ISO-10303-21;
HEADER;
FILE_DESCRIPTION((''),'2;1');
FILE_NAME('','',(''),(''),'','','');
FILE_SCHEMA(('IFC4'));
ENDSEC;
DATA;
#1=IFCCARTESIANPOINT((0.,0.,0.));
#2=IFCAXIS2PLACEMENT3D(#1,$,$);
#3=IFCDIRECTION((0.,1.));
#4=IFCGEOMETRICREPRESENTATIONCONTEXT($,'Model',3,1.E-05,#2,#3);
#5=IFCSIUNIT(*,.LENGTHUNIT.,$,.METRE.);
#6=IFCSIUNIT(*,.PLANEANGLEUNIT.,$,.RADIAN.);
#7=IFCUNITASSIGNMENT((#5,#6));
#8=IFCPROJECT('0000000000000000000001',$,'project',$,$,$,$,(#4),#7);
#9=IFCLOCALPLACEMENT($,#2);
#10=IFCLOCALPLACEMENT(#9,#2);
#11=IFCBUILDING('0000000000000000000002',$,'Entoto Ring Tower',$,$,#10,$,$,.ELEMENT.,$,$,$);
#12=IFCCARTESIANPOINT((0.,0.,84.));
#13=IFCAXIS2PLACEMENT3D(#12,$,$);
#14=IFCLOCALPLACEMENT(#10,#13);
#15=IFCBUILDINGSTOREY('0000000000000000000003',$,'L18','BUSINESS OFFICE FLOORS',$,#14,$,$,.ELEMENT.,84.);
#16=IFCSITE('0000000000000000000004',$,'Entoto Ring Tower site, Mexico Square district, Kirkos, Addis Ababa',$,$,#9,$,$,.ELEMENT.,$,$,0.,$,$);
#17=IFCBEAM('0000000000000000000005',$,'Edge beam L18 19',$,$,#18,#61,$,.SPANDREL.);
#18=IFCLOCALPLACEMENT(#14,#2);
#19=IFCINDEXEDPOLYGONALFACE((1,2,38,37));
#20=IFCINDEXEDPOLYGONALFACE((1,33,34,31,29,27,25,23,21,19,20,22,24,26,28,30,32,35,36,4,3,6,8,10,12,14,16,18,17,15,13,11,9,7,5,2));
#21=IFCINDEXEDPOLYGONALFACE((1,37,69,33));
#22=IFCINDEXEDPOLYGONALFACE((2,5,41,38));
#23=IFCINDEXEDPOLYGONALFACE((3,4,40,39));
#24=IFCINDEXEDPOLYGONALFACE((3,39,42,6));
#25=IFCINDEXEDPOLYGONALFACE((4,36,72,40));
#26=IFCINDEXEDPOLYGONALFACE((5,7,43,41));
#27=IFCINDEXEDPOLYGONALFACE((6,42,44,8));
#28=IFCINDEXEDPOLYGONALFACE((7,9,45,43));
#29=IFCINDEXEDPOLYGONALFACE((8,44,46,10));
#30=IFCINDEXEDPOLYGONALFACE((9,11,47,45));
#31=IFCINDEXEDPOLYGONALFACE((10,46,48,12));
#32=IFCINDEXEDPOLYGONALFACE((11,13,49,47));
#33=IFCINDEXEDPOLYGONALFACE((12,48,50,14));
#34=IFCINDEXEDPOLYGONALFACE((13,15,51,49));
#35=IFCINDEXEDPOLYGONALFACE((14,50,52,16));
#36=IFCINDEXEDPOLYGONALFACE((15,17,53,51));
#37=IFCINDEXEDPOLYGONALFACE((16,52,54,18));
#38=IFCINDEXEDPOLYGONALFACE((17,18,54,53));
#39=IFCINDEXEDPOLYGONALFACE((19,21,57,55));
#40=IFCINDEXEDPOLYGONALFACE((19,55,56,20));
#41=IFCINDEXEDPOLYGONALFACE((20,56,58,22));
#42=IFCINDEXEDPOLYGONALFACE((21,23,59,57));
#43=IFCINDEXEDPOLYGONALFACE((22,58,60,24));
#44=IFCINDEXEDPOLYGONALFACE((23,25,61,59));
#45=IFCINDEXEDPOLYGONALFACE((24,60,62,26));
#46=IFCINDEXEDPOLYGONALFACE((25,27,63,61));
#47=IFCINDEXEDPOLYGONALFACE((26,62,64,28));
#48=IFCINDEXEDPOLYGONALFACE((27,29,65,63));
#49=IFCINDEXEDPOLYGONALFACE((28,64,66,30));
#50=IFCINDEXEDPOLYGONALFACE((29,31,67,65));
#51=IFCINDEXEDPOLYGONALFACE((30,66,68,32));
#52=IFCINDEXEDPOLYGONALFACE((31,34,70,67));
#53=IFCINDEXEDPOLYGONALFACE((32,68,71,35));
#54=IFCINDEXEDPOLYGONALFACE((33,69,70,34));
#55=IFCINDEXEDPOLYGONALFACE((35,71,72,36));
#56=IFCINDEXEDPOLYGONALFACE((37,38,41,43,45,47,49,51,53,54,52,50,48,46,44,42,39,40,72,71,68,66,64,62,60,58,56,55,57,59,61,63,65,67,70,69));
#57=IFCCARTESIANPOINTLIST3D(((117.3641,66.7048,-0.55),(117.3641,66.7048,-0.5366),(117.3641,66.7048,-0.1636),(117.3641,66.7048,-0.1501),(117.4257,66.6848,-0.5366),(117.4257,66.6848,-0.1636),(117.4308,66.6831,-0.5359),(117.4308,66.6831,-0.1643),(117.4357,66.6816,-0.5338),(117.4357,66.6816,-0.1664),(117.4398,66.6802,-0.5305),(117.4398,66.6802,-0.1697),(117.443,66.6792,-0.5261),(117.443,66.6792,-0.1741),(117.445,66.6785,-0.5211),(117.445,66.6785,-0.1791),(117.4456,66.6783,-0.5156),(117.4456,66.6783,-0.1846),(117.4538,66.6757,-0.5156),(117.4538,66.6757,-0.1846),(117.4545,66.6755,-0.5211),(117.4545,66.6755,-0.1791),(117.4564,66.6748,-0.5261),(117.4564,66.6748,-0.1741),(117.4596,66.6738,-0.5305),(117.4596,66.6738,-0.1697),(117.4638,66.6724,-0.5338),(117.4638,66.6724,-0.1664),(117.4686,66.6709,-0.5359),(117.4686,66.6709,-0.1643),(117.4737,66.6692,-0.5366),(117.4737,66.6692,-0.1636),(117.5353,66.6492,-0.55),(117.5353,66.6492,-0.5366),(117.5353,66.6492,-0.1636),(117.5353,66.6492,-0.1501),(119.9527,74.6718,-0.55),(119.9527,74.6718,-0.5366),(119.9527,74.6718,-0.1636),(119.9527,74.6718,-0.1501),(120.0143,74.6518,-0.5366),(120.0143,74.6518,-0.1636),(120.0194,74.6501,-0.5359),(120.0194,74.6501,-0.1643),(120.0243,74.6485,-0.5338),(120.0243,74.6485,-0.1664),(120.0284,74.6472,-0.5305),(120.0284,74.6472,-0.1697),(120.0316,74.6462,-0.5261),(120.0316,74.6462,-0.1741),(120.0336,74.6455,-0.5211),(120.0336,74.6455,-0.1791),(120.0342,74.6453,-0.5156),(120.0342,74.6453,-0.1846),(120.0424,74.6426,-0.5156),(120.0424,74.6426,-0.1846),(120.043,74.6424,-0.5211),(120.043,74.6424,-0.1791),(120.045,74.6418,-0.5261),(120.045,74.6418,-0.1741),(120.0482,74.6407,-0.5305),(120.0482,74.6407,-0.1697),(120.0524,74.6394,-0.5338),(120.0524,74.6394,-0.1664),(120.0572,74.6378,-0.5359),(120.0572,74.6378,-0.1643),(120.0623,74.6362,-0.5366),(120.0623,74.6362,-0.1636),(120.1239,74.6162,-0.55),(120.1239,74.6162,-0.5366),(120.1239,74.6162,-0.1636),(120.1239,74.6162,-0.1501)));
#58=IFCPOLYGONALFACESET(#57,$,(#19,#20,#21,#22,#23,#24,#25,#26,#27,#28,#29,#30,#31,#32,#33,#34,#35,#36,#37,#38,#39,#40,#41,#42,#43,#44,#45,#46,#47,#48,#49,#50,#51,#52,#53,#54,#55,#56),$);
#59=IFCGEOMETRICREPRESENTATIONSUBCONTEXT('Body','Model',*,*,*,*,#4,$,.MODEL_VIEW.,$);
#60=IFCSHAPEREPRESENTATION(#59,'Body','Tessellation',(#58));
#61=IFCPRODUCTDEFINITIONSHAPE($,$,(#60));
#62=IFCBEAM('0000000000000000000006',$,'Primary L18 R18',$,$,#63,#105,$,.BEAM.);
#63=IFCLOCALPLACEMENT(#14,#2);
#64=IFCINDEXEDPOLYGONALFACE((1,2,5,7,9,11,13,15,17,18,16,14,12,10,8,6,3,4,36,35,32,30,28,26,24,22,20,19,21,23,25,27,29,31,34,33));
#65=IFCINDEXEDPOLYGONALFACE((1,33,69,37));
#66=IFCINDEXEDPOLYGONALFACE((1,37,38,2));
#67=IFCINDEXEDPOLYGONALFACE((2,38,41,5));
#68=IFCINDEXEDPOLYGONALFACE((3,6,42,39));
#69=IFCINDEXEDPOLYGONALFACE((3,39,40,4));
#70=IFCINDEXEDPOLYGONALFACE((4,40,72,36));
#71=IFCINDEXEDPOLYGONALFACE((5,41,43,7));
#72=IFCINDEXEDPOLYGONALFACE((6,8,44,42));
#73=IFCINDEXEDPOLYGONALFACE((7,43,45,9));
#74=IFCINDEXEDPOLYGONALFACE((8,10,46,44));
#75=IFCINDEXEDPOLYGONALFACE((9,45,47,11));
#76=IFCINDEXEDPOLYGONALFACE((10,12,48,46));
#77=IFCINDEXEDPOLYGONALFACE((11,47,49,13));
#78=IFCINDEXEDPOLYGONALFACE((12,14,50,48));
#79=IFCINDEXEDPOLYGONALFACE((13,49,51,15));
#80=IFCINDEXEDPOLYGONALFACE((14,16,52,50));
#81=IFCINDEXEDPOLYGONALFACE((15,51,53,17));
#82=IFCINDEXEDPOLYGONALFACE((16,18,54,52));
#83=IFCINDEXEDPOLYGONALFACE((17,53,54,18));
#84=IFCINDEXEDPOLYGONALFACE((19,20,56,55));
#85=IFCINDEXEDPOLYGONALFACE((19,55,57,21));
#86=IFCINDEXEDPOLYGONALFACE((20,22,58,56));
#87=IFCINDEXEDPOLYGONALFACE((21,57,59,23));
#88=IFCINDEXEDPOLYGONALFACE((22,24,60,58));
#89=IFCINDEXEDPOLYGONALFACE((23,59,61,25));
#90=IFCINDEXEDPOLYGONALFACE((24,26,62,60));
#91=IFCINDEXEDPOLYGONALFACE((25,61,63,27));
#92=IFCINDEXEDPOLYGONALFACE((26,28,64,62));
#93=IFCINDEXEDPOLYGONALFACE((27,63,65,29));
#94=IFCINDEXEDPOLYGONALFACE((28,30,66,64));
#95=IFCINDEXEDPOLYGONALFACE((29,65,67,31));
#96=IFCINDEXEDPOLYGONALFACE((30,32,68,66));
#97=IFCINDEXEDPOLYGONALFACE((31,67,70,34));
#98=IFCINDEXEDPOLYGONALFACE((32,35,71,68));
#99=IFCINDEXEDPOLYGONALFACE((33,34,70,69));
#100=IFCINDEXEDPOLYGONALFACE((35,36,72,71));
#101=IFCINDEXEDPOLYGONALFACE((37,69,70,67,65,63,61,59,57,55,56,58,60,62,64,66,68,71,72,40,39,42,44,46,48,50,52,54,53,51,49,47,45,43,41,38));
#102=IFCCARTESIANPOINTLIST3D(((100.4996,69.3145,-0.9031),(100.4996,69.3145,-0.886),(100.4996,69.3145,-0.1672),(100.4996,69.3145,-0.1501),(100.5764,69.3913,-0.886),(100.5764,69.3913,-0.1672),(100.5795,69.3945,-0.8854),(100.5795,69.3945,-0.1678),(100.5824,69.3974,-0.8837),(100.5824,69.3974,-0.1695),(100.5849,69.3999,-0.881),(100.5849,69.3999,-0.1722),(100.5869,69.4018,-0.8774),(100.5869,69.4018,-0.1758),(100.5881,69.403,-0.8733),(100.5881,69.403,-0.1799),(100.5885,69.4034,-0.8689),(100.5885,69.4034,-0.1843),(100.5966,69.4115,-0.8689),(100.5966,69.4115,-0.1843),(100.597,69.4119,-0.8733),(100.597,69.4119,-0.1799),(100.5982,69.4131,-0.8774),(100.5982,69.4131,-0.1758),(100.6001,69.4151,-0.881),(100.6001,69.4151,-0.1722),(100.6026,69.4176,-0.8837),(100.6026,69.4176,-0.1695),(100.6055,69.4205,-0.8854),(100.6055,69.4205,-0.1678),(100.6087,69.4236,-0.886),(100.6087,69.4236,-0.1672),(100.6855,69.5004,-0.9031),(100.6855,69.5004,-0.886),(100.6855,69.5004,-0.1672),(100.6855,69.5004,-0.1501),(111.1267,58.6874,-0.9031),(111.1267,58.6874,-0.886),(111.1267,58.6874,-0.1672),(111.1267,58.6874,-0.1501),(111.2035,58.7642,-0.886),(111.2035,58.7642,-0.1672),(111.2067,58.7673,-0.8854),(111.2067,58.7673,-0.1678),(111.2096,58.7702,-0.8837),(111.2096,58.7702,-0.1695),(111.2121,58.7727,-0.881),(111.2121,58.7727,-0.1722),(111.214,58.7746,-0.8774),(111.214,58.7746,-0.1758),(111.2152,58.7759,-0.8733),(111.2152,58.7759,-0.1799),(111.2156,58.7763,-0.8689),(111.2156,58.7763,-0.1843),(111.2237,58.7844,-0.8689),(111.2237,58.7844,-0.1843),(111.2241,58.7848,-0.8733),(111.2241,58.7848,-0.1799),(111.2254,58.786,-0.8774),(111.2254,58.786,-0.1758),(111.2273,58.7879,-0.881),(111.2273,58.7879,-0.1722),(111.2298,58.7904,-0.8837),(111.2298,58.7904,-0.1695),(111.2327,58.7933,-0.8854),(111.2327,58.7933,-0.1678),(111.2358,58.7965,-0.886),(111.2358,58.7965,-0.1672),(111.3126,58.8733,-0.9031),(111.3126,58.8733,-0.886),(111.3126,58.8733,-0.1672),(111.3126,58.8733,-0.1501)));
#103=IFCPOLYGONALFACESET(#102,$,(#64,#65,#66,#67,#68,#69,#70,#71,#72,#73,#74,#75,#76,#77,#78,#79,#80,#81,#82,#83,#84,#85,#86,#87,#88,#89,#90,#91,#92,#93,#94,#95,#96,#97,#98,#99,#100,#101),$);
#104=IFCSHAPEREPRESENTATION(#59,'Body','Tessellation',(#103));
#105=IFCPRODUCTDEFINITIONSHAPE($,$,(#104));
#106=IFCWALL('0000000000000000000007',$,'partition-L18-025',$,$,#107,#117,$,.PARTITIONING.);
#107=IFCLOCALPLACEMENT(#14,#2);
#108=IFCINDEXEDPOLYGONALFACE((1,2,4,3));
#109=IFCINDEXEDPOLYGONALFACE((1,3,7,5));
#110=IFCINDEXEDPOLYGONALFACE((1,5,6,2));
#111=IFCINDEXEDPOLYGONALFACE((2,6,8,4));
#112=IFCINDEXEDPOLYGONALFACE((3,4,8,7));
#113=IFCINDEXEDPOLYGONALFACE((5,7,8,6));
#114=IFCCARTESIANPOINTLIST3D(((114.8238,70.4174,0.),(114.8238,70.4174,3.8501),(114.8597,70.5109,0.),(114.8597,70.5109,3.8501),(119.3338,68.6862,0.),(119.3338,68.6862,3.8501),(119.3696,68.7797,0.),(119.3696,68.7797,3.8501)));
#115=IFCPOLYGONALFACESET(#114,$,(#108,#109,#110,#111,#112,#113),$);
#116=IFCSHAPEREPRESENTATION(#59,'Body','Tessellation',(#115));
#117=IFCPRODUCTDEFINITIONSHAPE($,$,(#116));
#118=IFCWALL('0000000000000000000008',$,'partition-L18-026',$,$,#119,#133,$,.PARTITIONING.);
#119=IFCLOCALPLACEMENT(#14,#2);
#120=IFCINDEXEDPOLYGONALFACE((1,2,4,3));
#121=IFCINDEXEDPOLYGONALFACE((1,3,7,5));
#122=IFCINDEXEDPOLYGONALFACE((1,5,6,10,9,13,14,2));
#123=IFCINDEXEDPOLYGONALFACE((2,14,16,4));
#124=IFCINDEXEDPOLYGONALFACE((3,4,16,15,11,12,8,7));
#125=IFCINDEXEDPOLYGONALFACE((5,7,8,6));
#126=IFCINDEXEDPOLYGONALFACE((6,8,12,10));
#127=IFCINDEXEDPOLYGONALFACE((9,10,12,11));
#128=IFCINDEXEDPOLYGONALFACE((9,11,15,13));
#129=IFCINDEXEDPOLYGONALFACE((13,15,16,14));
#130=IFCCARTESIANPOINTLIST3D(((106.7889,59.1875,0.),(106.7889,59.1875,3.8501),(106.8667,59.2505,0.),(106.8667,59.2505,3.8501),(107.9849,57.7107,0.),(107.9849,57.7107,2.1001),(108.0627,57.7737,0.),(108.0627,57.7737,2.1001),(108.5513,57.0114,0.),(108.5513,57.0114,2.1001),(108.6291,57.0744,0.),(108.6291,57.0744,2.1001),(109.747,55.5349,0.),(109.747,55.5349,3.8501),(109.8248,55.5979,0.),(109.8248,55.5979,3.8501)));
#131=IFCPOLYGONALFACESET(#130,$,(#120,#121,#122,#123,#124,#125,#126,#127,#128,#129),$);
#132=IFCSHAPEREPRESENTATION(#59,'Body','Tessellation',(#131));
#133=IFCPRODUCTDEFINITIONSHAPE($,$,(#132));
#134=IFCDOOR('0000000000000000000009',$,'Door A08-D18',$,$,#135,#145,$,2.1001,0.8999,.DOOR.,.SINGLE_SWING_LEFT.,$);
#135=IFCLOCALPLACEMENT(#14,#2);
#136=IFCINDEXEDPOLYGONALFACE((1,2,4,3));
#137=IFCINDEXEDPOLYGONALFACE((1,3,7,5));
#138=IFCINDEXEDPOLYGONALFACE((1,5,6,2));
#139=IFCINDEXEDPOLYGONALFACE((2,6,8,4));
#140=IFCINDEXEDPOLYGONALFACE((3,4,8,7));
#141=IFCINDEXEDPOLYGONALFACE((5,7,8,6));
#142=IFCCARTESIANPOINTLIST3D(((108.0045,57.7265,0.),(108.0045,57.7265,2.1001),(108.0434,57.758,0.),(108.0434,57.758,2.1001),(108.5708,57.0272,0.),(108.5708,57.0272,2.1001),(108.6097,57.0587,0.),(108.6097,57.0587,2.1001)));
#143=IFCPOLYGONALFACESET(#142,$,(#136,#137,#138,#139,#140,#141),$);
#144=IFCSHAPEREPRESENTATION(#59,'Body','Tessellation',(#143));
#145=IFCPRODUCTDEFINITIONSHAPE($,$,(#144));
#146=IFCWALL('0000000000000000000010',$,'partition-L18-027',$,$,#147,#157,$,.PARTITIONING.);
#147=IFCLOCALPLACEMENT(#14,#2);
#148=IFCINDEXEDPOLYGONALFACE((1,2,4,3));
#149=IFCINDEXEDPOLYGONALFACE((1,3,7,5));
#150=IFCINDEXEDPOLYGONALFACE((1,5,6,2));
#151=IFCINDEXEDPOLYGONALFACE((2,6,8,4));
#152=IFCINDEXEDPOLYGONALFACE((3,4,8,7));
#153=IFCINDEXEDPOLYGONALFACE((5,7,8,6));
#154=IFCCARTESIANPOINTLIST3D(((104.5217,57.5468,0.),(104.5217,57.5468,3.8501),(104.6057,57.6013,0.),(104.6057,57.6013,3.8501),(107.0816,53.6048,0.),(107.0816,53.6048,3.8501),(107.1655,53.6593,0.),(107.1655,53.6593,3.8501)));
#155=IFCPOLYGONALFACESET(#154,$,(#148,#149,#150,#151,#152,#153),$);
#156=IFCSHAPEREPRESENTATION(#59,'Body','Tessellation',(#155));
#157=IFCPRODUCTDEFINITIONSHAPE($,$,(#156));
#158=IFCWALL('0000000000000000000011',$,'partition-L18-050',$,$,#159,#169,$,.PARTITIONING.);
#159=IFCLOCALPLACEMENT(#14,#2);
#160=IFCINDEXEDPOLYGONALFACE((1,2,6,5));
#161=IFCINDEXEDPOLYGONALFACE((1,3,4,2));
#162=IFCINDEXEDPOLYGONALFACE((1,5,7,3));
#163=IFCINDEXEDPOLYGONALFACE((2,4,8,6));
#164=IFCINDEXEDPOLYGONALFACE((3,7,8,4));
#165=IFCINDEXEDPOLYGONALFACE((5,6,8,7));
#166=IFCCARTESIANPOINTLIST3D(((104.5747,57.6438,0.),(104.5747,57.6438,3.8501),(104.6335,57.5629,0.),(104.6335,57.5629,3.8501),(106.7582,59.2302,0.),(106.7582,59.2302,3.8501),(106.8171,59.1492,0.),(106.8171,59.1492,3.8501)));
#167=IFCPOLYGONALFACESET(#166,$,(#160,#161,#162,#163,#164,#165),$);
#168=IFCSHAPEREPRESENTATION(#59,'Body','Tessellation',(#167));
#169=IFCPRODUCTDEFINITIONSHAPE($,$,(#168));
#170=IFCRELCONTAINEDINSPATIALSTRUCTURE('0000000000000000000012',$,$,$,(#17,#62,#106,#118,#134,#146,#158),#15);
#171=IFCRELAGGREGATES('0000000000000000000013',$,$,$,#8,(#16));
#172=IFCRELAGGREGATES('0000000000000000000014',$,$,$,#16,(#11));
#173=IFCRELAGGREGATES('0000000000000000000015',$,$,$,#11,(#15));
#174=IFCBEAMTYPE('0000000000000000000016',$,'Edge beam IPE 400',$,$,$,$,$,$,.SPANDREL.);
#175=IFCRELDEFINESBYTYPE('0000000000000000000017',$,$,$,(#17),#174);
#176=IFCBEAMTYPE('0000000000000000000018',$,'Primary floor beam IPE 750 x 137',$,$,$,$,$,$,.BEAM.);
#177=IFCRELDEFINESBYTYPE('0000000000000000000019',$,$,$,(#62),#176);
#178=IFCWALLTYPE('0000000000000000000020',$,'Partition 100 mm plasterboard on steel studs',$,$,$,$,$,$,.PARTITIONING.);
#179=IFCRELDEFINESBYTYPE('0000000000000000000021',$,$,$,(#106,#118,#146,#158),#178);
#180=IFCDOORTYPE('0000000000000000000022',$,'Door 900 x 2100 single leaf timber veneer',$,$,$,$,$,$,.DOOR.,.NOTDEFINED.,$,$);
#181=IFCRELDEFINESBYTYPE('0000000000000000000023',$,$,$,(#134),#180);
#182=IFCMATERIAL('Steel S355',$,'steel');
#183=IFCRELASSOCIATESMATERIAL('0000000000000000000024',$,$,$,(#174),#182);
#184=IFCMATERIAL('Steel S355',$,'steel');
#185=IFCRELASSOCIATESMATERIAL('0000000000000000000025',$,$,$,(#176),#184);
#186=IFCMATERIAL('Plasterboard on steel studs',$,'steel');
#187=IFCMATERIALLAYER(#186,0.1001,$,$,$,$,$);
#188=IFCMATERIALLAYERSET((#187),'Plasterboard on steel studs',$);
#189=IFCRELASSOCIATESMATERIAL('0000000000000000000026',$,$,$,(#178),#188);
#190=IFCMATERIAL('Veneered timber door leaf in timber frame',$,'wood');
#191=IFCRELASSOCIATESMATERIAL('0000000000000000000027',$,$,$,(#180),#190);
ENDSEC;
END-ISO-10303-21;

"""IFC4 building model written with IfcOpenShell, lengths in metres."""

from ifc_helpers import new_model, si_unit, direction, frame, frame_2d, origin, origin_2d, place, context, subcontext, project, spatial, rectangle, i_section, extrude, material, layer, layer_set, material_profile, profile_set, type_object, element, fill, save


model = new_model("IFC4")

# Units and contexts
model_context = context("Model", 3, precision=1e-05, world=origin(), true_north=direction((0.0, 1.0)))
body_context = subcontext(model_context, "Body", "Model", "MODEL_VIEW")
ifc_project = project(units=[si_unit("LENGTHUNIT", "METRE"), si_unit("PLANEANGLEUNIT", "RADIAN")], contexts=[model_context])

# Site, building, storey
site_placement = place(None, origin())
site = spatial("IfcSite", under=ifc_project, at=site_placement, Name="Entoto Ring Tower site, Mexico Square district, Kirkos, Addis Ababa", CompositionType="ELEMENT", RefElevation=0.0)
building_placement = place(site_placement, origin())
building = spatial("IfcBuilding", under=site, at=building_placement, Name="Entoto Ring Tower", CompositionType="ELEMENT")
storey_placement = place(building_placement, frame((0.0, 0.0, 84.0)))
storey = spatial("IfcBuildingStorey", under=building, at=storey_placement, Name="L18", Description="BUSINESS OFFICE FLOORS", CompositionType="ELEMENT", Elevation=84.0)

# Beams
ifc_material_1 = material(Name="Steel S355", Category="steel")
ifc_material_profile_1 = material_profile(ifc_material_1, i_section(OverallWidth=0.1799, OverallDepth=0.3999, WebThickness=0.0085, FlangeThickness=0.0134, FilletRadius=0.021, at=origin_2d()), Name="IPE 400")
ifc_profile_set_1 = profile_set([ifc_material_profile_1], Name="Steel S355")
beam_type_1 = type_object("IfcBeamType", Name="Edge beam IPE 400", PredefinedType="SPANDREL", material=ifc_profile_set_1)
for number, where, z_axis, x_axis, name in (
    (1, (117.4497, 66.677, -0.3501), (0.309014, 0.951057, 0.0), (-0.951057, 0.309014, 0.0), "Edge beam L18 19"),
):
    element("IfcBeam", number, at=place(storey_placement, frame(where, z_axis=z_axis, x_axis=x_axis)), inside=storey, type_object=beam_type_1, Name=name, PredefinedType="SPANDREL", context=body_context, shape_type="SweptSolid", body=[
        extrude(i_section(OverallWidth=0.1799, OverallDepth=0.3999, WebThickness=0.0085, FlangeThickness=0.0134, FilletRadius=0.021, at=origin_2d()), origin(), (0.0, 0.0, 1.0), 8.377),
    ])
ifc_material_2 = material(Name="Steel S355", Category="steel")
ifc_material_profile_2 = material_profile(ifc_material_2, i_section(OverallWidth=0.2629, OverallDepth=0.7529, WebThickness=0.0115, FlangeThickness=0.0171, FilletRadius=0.0171, at=origin_2d()), Name="IPE 750 x 137")
ifc_profile_set_2 = profile_set([ifc_material_profile_2], Name="Steel S355")
beam_type_2 = type_object("IfcBeamType", Name="Primary floor beam IPE 750 x 137", PredefinedType="BEAM", material=ifc_profile_set_2)
beam_placement = place(storey_placement, frame((100.5925, 69.4075, -0.5266), z_axis=(0.707107, -0.707107, 0.0), x_axis=(0.707107, 0.707107, 0.0)))
element("IfcBeam", 2, at=beam_placement, inside=storey, type_object=beam_type_2, Name="Primary L18 R18", PredefinedType="BEAM", context=body_context, shape_type="SweptSolid", body=[
    extrude(i_section(OverallWidth=0.2629, OverallDepth=0.7529, WebThickness=0.0115, FlangeThickness=0.0171, FilletRadius=0.0171, at=origin_2d()), origin(), (0.0, 0.0, 1.0), 15.0291),
])

# Wall
ifc_material_3 = material(Name="Plasterboard on steel studs", Category="steel")
ifc_layer_1 = layer(ifc_material_3, 0.1001)
ifc_layer_set_1 = layer_set([ifc_layer_1], Name="Plasterboard on steel studs")
wall_type_1 = type_object("IfcWallType", Name="Partition 100 mm plasterboard on steel studs", PredefinedType="PARTITIONING", material=ifc_layer_set_1)
wall_1_placement = place(storey_placement, frame((119.3518, 68.7329, 0.0), z_axis=(0.0, 0.0, 1.0), x_axis=(-0.933582, 0.358363, 0.0)))
element("IfcWall", 3, at=wall_1_placement, inside=storey, type_object=wall_type_1, Name="partition-L18-025", PredefinedType="PARTITIONING", context=body_context, shape_type="SweptSolid", body=[
    extrude(rectangle(XDim=4.8308, YDim=0.1001, at=frame_2d((2.4155, 0.0))), origin(), (0.0, 0.0, 1.0), 3.8501),
])

# Wall, opening, door
wall_2_placement = place(storey_placement, frame((109.7859, 55.5664, 0.0), z_axis=(0.0, 0.0, 1.0), x_axis=(-0.629346, 0.777125, 0.0)))
wall_2 = element("IfcWall", 4, at=wall_2_placement, inside=storey, type_object=wall_type_1, Name="partition-L18-026", PredefinedType="PARTITIONING", context=body_context, shape_type="SweptSolid", body=[
    extrude(rectangle(XDim=4.7002, YDim=0.1001, at=frame_2d((2.3501, 0.0))), origin(), (0.0, 0.0, 1.0), 3.8501),
])
opening_1_placement = place(wall_2_placement, frame((1.8999, 0.0, 0.0)))
opening_1 = element("IfcOpeningElement", 5, at=opening_1_placement, cuts=wall_2, PredefinedType="OPENING", context=body_context, shape_type="SweptSolid", body=[
    extrude(rectangle(XDim=0.8999, YDim=2.1001, at=frame_2d((0.45, 1.05))), frame((0.0, 0.0601, 0.0), z_axis=(0.0, -1.0, 0.0), x_axis=(1.0, 0.0, 0.0)), (0.0, 0.0, 1.0), 0.1201),
])
ifc_material_4 = material(Name="Veneered timber door leaf in timber frame", Category="wood")
door_type = type_object("IfcDoorType", Name="Door 900 x 2100 single leaf timber veneer", OperationType="NOTDEFINED", PredefinedType="DOOR", material=ifc_material_4)
door_1_placement = place(opening_1_placement, origin())
door_1 = element("IfcDoor", 6, at=door_1_placement, inside=storey, type_object=door_type, Name="Door A08-D18", OperationType="SINGLE_SWING_LEFT", OverallHeight=2.1001, OverallWidth=0.8999, PredefinedType="DOOR", context=body_context, shape_type="SweptSolid", body=[
    extrude(rectangle(XDim=0.8999, YDim=2.1001, at=frame_2d((0.45, 1.05))), frame((0.0, 0.0249, 0.0), z_axis=(0.0, -1.0, 0.0), x_axis=(1.0, 0.0, 0.0)), (0.0, 0.0, 1.0), 0.05),
])
fill(opening_1, door_1)

# Walls
wall_3_placement = place(storey_placement, frame((107.1235, 53.6321, 0.0), z_axis=(0.0, 0.0, 1.0), x_axis=(-0.544627, 0.838679, 0.0)))
element("IfcWall", 7, at=wall_3_placement, inside=storey, type_object=wall_type_1, Name="partition-L18-027", PredefinedType="PARTITIONING", context=body_context, shape_type="SweptSolid", body=[
    extrude(rectangle(XDim=4.7002, YDim=0.1001, at=frame_2d((2.3501, 0.0))), origin(), (0.0, 0.0, 1.0), 3.8501),
])
wall_4_placement = place(storey_placement, frame((104.604, 57.6033, 0.0), z_axis=(0.0, 0.0, 1.0), x_axis=(0.809025, 0.587774, 0.0)))
element("IfcWall", 8, at=wall_4_placement, inside=storey, type_object=wall_type_1, Name="partition-L18-050", PredefinedType="PARTITIONING", context=body_context, shape_type="SweptSolid", body=[
    extrude(rectangle(XDim=2.699, YDim=0.1001, at=frame_2d((1.3496, 0.0))), origin(), (0.0, 0.0, 1.0), 3.8501),
])

save(model, "model.ifc")
